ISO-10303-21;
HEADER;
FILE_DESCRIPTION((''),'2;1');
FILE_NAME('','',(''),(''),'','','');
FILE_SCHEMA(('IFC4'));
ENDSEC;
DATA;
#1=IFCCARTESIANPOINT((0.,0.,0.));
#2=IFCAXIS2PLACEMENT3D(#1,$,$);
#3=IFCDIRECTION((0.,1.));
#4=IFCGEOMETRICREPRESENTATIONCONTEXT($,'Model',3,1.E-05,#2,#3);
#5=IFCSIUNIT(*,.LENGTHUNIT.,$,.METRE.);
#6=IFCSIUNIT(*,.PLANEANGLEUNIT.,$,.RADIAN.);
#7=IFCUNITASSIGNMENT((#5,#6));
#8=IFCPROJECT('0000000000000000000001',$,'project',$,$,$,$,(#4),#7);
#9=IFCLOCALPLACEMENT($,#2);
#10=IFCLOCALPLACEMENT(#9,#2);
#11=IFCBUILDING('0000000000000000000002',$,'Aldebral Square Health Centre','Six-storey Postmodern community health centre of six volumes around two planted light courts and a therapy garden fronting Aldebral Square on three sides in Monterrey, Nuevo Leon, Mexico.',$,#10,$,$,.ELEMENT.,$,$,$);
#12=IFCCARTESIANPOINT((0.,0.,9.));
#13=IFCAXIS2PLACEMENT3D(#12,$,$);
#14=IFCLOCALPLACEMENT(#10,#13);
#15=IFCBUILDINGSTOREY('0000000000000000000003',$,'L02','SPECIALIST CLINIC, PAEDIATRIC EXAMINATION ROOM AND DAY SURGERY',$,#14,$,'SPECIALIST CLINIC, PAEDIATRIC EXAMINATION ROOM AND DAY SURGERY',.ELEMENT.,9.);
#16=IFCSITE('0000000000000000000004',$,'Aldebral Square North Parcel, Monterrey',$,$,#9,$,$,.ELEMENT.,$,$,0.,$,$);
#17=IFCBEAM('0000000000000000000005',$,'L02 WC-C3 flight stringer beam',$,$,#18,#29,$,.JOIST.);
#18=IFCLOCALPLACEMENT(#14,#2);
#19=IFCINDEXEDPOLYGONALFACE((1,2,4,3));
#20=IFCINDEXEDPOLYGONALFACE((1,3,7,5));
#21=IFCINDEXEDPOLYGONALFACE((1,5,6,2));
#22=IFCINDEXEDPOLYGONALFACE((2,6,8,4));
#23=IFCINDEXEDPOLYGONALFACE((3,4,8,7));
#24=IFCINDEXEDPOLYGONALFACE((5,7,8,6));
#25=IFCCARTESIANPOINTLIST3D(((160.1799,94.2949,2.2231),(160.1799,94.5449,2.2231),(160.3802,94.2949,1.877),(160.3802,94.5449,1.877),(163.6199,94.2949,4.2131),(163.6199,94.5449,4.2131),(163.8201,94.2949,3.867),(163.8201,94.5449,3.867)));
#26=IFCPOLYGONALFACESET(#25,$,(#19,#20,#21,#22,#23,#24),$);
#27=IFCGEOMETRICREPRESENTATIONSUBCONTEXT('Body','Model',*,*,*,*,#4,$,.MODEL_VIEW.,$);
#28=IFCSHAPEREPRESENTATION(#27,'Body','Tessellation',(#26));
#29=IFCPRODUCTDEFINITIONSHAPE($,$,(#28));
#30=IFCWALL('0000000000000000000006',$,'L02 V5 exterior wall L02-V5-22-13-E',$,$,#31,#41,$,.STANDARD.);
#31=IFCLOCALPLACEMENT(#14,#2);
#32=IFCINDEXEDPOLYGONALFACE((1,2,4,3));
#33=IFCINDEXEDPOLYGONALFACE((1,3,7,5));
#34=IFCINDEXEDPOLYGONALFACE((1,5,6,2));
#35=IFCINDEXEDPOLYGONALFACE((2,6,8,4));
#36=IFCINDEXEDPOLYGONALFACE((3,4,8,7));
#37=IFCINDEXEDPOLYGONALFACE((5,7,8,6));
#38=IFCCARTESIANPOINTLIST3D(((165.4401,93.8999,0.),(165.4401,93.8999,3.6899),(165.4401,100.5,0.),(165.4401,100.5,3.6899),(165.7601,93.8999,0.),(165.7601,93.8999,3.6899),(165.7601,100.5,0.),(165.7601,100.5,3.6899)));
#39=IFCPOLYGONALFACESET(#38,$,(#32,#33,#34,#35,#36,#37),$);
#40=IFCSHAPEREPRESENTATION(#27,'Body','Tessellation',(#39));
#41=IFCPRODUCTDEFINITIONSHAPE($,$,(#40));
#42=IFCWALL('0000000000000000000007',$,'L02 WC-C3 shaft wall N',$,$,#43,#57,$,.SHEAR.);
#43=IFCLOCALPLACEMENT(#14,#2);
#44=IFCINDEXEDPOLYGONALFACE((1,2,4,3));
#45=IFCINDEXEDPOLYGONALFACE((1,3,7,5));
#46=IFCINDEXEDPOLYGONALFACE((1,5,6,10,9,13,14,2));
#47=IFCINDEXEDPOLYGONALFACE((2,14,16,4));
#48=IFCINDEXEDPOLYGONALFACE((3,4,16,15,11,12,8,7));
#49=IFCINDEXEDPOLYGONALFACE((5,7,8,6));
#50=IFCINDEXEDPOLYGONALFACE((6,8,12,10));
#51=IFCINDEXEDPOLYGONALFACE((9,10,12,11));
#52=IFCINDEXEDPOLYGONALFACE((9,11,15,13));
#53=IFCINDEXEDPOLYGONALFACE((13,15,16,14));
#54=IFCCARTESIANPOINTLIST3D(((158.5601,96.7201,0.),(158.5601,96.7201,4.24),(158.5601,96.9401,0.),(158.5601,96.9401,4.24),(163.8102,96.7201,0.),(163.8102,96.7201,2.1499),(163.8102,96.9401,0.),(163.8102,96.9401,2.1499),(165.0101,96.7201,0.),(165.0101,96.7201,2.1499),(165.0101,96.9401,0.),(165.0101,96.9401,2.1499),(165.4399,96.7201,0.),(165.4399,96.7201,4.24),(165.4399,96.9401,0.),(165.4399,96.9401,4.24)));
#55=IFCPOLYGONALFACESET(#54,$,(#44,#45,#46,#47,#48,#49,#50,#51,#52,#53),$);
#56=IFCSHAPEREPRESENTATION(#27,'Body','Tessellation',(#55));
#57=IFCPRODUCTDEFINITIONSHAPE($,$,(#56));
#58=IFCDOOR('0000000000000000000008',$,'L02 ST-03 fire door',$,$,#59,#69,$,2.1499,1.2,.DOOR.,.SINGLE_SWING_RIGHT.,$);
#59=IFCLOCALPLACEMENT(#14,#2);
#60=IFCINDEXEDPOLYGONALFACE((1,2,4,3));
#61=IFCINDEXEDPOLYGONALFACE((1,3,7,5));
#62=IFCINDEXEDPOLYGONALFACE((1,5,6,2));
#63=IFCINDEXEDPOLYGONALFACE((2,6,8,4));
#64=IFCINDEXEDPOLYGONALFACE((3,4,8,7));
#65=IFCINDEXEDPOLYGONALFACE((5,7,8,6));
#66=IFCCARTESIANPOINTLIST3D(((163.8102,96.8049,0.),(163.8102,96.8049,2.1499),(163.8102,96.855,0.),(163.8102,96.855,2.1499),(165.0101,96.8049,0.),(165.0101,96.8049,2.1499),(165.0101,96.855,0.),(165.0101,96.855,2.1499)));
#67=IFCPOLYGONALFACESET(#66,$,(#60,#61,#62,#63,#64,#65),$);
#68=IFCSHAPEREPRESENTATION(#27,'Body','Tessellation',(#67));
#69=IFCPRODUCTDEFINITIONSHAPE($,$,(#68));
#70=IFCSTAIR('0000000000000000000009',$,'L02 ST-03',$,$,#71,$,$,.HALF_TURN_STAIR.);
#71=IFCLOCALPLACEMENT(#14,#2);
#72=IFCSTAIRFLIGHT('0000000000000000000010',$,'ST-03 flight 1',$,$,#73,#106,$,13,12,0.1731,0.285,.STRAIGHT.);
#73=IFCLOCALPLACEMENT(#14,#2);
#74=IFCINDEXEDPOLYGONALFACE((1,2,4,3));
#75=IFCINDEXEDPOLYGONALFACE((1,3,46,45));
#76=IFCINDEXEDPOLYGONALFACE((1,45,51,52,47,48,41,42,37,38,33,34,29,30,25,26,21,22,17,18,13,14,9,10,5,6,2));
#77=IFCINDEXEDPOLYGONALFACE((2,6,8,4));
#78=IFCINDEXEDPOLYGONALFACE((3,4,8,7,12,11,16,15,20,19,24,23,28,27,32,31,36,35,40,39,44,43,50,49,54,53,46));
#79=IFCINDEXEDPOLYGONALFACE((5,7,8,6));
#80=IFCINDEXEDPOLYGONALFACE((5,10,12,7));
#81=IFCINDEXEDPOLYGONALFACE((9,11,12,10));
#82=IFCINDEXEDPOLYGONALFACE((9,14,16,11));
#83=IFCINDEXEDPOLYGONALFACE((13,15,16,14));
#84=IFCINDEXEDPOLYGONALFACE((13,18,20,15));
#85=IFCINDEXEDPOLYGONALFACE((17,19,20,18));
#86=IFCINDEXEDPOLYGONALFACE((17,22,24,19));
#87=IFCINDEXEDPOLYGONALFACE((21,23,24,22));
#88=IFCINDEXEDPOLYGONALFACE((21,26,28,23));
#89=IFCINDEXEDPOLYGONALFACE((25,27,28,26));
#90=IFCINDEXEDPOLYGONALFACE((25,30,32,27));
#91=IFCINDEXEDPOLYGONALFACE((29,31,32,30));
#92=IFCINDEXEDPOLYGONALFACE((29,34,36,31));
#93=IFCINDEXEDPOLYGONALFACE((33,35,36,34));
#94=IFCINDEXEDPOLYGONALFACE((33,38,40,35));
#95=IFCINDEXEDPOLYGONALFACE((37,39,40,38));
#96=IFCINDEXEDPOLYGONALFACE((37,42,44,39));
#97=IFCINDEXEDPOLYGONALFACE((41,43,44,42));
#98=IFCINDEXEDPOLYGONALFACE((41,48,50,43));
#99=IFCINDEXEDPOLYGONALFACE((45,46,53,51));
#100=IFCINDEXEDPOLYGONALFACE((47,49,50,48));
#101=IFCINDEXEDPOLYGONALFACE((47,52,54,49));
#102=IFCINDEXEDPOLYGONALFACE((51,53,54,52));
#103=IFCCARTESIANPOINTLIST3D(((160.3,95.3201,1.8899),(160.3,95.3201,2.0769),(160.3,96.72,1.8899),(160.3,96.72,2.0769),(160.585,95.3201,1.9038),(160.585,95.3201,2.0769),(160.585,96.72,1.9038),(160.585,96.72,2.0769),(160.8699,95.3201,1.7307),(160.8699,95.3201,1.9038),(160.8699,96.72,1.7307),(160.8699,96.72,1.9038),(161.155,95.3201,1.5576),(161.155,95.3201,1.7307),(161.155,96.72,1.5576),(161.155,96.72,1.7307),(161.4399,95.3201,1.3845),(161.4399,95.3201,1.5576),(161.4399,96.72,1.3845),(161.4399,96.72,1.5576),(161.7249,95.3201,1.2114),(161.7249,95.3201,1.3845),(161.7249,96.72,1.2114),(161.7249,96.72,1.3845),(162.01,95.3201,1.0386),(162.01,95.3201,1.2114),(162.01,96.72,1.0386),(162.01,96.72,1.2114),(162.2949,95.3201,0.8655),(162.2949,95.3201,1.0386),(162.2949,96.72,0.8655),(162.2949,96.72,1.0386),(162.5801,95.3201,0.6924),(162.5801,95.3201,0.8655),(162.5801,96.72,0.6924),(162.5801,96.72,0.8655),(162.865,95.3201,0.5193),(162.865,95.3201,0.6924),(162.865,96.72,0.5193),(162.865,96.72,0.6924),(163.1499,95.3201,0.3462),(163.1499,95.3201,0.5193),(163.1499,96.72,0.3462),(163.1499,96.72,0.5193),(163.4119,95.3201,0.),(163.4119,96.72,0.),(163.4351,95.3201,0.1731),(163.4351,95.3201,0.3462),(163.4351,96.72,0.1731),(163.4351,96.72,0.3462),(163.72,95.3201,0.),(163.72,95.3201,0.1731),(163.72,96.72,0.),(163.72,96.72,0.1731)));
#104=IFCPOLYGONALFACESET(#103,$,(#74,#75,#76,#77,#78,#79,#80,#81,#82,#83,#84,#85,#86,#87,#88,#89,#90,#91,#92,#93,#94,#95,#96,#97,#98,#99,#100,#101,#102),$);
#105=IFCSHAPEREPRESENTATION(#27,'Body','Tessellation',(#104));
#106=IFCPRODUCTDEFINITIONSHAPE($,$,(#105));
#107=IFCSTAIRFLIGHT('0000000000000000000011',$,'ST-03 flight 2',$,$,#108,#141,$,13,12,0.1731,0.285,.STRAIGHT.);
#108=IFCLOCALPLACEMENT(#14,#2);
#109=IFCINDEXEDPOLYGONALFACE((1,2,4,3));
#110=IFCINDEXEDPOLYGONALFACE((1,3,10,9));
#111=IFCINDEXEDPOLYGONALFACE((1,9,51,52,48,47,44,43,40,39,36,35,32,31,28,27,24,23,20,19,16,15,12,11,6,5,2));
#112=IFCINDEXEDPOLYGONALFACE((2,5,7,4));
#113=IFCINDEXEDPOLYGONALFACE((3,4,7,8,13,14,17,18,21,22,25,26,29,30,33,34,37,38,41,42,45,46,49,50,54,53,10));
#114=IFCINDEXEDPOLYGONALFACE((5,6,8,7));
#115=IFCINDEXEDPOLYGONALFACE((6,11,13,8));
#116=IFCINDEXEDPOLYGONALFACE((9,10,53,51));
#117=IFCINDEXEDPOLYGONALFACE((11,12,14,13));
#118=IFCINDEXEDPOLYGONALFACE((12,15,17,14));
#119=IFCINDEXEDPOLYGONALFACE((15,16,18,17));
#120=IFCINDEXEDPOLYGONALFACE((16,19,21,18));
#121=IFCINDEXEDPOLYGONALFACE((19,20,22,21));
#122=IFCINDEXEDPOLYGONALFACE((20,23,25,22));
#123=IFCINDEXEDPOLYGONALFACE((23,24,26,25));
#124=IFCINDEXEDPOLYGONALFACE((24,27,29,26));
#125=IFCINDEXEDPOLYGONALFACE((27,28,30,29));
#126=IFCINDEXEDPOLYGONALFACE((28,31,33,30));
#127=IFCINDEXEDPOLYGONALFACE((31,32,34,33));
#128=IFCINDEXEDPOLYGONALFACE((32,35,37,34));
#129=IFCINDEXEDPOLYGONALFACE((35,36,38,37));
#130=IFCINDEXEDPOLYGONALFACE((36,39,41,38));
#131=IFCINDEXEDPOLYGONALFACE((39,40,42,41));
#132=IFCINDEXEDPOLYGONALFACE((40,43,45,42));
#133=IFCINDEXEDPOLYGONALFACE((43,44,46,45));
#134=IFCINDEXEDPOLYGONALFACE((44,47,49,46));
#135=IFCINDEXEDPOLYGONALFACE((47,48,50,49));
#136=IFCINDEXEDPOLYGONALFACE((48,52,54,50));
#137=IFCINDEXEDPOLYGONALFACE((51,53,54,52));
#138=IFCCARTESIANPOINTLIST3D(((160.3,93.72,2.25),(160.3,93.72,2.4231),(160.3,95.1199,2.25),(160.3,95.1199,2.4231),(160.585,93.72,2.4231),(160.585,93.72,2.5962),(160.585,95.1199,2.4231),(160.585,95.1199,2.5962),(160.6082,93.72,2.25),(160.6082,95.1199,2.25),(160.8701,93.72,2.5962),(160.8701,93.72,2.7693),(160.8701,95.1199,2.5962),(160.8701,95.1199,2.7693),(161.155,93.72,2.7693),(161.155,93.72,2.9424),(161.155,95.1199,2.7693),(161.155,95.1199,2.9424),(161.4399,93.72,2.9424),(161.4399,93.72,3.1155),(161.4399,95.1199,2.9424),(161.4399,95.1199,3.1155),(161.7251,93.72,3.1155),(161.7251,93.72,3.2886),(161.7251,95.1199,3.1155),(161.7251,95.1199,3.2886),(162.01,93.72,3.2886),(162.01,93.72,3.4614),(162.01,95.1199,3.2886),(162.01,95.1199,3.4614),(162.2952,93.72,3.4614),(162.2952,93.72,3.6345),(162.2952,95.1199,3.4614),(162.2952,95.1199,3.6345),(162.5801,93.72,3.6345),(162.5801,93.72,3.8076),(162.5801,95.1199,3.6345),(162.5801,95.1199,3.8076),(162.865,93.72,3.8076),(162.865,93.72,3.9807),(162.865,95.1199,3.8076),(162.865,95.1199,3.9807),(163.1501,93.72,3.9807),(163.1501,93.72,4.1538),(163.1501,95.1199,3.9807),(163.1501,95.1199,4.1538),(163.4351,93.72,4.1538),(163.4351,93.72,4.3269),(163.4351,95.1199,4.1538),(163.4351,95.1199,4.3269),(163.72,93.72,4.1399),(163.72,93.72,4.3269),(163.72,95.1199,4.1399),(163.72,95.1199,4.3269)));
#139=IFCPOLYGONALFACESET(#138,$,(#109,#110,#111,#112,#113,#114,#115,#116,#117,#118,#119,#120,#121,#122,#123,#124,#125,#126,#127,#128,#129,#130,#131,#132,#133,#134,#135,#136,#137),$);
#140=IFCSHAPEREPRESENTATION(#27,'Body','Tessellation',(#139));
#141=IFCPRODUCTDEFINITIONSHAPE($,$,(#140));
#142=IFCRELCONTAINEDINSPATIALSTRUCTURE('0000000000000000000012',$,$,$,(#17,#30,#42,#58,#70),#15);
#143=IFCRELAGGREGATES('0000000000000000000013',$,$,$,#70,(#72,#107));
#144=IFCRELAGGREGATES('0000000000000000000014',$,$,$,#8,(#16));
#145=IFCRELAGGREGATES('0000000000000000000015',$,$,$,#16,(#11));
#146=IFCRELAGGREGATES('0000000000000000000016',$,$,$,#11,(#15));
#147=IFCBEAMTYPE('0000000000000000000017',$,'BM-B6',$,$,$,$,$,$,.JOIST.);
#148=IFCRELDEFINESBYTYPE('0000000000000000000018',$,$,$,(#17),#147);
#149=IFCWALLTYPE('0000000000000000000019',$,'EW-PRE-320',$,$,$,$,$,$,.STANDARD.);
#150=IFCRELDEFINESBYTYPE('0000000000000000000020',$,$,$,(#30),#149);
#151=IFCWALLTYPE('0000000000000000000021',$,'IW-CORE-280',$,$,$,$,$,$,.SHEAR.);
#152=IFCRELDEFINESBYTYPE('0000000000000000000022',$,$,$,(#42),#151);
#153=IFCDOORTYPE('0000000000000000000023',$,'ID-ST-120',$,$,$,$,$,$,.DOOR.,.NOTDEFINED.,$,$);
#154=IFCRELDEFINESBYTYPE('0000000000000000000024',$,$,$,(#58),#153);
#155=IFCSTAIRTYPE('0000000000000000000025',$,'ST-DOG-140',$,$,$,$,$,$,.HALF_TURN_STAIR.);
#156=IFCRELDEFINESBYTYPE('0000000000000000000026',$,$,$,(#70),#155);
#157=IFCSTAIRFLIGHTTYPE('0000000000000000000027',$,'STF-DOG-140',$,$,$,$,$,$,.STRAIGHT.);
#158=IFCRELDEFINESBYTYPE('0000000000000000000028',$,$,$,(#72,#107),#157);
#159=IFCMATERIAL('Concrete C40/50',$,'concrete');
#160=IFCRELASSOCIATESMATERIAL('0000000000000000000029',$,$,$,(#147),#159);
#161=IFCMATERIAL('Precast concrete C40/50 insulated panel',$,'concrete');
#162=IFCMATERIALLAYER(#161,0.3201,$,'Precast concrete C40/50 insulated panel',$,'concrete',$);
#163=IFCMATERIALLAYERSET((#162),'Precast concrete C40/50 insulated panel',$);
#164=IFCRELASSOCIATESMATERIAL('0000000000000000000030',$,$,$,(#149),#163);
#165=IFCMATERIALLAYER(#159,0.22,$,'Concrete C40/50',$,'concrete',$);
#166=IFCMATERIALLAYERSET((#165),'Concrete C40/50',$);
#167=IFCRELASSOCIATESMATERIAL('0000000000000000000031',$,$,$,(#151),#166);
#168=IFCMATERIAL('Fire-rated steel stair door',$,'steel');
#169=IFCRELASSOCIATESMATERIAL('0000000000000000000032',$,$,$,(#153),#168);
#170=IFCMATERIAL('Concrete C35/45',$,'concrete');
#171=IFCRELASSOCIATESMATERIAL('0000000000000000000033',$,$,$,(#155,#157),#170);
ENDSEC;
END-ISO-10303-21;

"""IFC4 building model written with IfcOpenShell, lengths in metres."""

from ifc_helpers import new_model, si_unit, direction, frame, frame_2d, origin, origin_2d, place, context, subcontext, project, spatial, polyline, rectangle, outline, extrude, material, layer, layer_set, material_profile, profile_set, type_object, element, fill, aggregate, save


model = new_model("IFC4")

# Units and contexts
model_context = context("Model", 3, precision=1e-05, world=origin(), true_north=direction((0.0, 1.0)))
body_context = subcontext(model_context, "Body", "Model", "MODEL_VIEW")
ifc_project = project(units=[si_unit("LENGTHUNIT", "METRE"), si_unit("PLANEANGLEUNIT", "RADIAN")], contexts=[model_context])

# Site, building, storey
site_placement = place(None, origin())
site = spatial("IfcSite", under=ifc_project, at=site_placement, Name="Aldebral Square North Parcel, Monterrey", CompositionType="ELEMENT", RefElevation=0.0)
building_placement = place(site_placement, origin())
building = spatial("IfcBuilding", under=site, at=building_placement, Name="Aldebral Square Health Centre", Description="Six-storey Postmodern community health centre of six volumes around two planted light courts and a therapy garden fronting Aldebral Square on three sides in Monterrey, Nuevo Leon, Mexico.", CompositionType="ELEMENT")
storey_placement = place(building_placement, frame((0.0, 0.0, 9.0)))
storey = spatial("IfcBuildingStorey", under=building, at=storey_placement, Name="L02", Description="SPECIALIST CLINIC, PAEDIATRIC EXAMINATION ROOM AND DAY SURGERY", LongName="SPECIALIST CLINIC, PAEDIATRIC EXAMINATION ROOM AND DAY SURGERY", CompositionType="ELEMENT", Elevation=9.0)

# Beam
ifc_material_1 = material(Name="Concrete C40/50", Category="concrete")
ifc_material_profile = material_profile(ifc_material_1, rectangle(XDim=0.25, YDim=0.3999, at=origin_2d()), Name="RC 250x400")
ifc_profile_set = profile_set([ifc_material_profile], Name="Concrete C40/50")
beam_type = type_object("IfcBeamType", Name="BM-B6", PredefinedType="JOIST", material=ifc_profile_set)
beam_placement = place(storey_placement, frame((160.28, 94.4199, 2.05), z_axis=(0.865596, 0.0, 0.500743), x_axis=(0.0, 1.0, 0.0)))
element("IfcBeam", 1, at=beam_placement, inside=storey, type_object=beam_type, Name="L02 WC-C3 flight stringer beam", PredefinedType="JOIST", context=body_context, shape_type="SweptSolid", body=[
    extrude(rectangle(XDim=0.25, YDim=0.3999, at=origin_2d()), origin(), (0.0, 0.0, 1.0), 3.9741),
])

# Wall
ifc_material_2 = material(Name="Precast concrete C40/50 insulated panel", Category="concrete")
ifc_layer_1 = layer(ifc_material_2, 0.3201, Name="Precast concrete C40/50 insulated panel", Category="concrete")
ifc_layer_set_1 = layer_set([ifc_layer_1], Name="Precast concrete C40/50 insulated panel")
wall_type_1 = type_object("IfcWallType", Name="EW-PRE-320", PredefinedType="STANDARD", material=ifc_layer_set_1)
wall_1_placement = place(storey_placement, frame((165.6001, 93.8999, 0.0), z_axis=(0.0, 0.0, 1.0), x_axis=(0.0, 1.0, 0.0)))
element("IfcWall", 2, at=wall_1_placement, inside=storey, type_object=wall_type_1, Name="L02 V5 exterior wall L02-V5-22-13-E", PredefinedType="STANDARD", context=body_context, shape_type="SweptSolid", body=[
    extrude(rectangle(XDim=6.6001, YDim=0.3201, at=frame_2d((3.3, 0.0))), origin(), (0.0, 0.0, 1.0), 3.6899),
])

# Wall, opening, door
ifc_layer_2 = layer(ifc_material_1, 0.22, Name="Concrete C40/50", Category="concrete")
ifc_layer_set_2 = layer_set([ifc_layer_2], Name="Concrete C40/50")
wall_type_2 = type_object("IfcWallType", Name="IW-CORE-280", PredefinedType="SHEAR", material=ifc_layer_set_2)
wall_2_placement = place(storey_placement, frame((158.5601, 96.8301, 0.0), z_axis=(0.0, 0.0, 1.0), x_axis=(1.0, 0.0, 0.0)))
wall_2 = element("IfcWall", 3, at=wall_2_placement, inside=storey, type_object=wall_type_2, Name="L02 WC-C3 shaft wall N", PredefinedType="SHEAR", context=body_context, shape_type="SweptSolid", body=[
    extrude(rectangle(XDim=6.8799, YDim=0.22, at=frame_2d((3.4399, 0.0))), origin(), (0.0, 0.0, 1.0), 4.24),
])
opening_placement = place(wall_2_placement, frame((5.25, 0.0, 0.0)))
opening = element("IfcOpeningElement", 4, at=opening_placement, cuts=wall_2, PredefinedType="OPENING", context=body_context, shape_type="SweptSolid", body=[
    extrude(rectangle(XDim=1.2, YDim=2.1499, at=frame_2d((0.6001, 1.075))), frame((0.0, 0.1201, 0.0), z_axis=(0.0, -1.0, 0.0), x_axis=(1.0, 0.0, 0.0)), (0.0, 0.0, 1.0), 0.24),
])
ifc_material_3 = material(Name="Fire-rated steel stair door", Category="steel")
door_type = type_object("IfcDoorType", Name="ID-ST-120", OperationType="NOTDEFINED", PredefinedType="DOOR", material=ifc_material_3)
door_placement = place(opening_placement, origin())
door = element("IfcDoor", 5, at=door_placement, inside=storey, type_object=door_type, Name="L02 ST-03 fire door", OperationType="SINGLE_SWING_RIGHT", OverallHeight=2.1499, OverallWidth=1.2, PredefinedType="DOOR", context=body_context, shape_type="SweptSolid", body=[
    extrude(rectangle(XDim=1.2, YDim=2.1499, at=frame_2d((0.6001, 1.075))), frame((0.0, 0.0249, 0.0), z_axis=(0.0, -1.0, 0.0), x_axis=(1.0, 0.0, 0.0)), (0.0, 0.0, 1.0), 0.05),
])
fill(opening, door)

# Stair, stair flights
ifc_material_4 = material(Name="Concrete C35/45", Category="concrete")
stair_type = type_object("IfcStairType", Name="ST-DOG-140", PredefinedType="HALF_TURN_STAIR", material=ifc_material_4)
stair_placement = place(storey_placement, origin())
stair = element("IfcStair", 6, at=stair_placement, inside=storey, type_object=stair_type, Name="L02 ST-03", PredefinedType="HALF_TURN_STAIR")
stair_flight_type = type_object("IfcStairFlightType", Name="STF-DOG-140", PredefinedType="STRAIGHT", material=ifc_material_4)
stair_flight_1_placement = place(storey_placement, frame((163.72, 96.02, 0.0), z_axis=(0.0, 0.0, 1.0), x_axis=(-1.0, 0.0, 0.0)))
stair_flight_1 = element("IfcStairFlight", 7, at=stair_flight_1_placement, type_object=stair_flight_type, Name="ST-03 flight 1", NumberOfRisers=13, NumberOfTreads=12, PredefinedType="STRAIGHT", RiserHeight=0.1731, TreadLength=0.285, context=body_context, shape_type="SweptSolid", body=[
    extrude(outline(polyline([(0.0, 0.0), (0.0, 0.1731), (0.2849, 0.1731), (0.2849, 0.3462), (0.5701, 0.3462), (0.5701, 0.5193), (0.855, 0.5193), (0.855, 0.6924), (1.1399, 0.6924), (1.1399, 0.8655), (1.425, 0.8655), (1.425, 1.0386), (1.71, 1.0386), (1.71, 1.2114), (1.9951, 1.2114), (1.9951, 1.3845), (2.28, 1.3845), (2.28, 1.5576), (2.5649, 1.5576), (2.5649, 1.7307), (2.8501, 1.7307), (2.8501, 1.9038), (3.135, 1.9038), (3.135, 2.0769), (3.4199, 2.0769), (3.4199, 2.25), (3.4199, 1.8899), (0.3081, 0.0), (0.0, 0.0)])), frame((0.0, 0.7, 0.0), z_axis=(0.0, -1.0, 0.0), x_axis=(1.0, 0.0, 0.0)), (0.0, 0.0, 1.0), 1.3999),
])
stair_flight_2_placement = place(storey_placement, frame((160.3, 94.4199, 2.25), z_axis=(0.0, 0.0, 1.0), x_axis=(1.0, 0.0, 0.0)))
stair_flight_2 = element("IfcStairFlight", 8, at=stair_flight_2_placement, type_object=stair_flight_type, Name="ST-03 flight 2", NumberOfRisers=13, NumberOfTreads=12, PredefinedType="STRAIGHT", RiserHeight=0.1731, TreadLength=0.285, context=body_context, shape_type="SweptSolid", body=[
    extrude(outline(polyline([(0.0, 0.0), (0.0, 0.1731), (0.2849, 0.1731), (0.2849, 0.3462), (0.5701, 0.3462), (0.5701, 0.5193), (0.855, 0.5193), (0.855, 0.6924), (1.1399, 0.6924), (1.1399, 0.8655), (1.425, 0.8655), (1.425, 1.0386), (1.71, 1.0386), (1.71, 1.2114), (1.9951, 1.2114), (1.9951, 1.3845), (2.28, 1.3845), (2.28, 1.5576), (2.5649, 1.5576), (2.5649, 1.7307), (2.8501, 1.7307), (2.8501, 1.9038), (3.135, 1.9038), (3.135, 2.0769), (3.4199, 2.0769), (3.4199, 2.25), (3.4199, 1.8899), (0.3081, 0.0), (0.0, 0.0)])), frame((0.0, 0.7, 0.0), z_axis=(0.0, -1.0, 0.0), x_axis=(1.0, 0.0, 0.0)), (0.0, 0.0, 1.0), 1.3999),
])
aggregate(stair, [stair_flight_1, stair_flight_2])

save(model, "model.ifc")
